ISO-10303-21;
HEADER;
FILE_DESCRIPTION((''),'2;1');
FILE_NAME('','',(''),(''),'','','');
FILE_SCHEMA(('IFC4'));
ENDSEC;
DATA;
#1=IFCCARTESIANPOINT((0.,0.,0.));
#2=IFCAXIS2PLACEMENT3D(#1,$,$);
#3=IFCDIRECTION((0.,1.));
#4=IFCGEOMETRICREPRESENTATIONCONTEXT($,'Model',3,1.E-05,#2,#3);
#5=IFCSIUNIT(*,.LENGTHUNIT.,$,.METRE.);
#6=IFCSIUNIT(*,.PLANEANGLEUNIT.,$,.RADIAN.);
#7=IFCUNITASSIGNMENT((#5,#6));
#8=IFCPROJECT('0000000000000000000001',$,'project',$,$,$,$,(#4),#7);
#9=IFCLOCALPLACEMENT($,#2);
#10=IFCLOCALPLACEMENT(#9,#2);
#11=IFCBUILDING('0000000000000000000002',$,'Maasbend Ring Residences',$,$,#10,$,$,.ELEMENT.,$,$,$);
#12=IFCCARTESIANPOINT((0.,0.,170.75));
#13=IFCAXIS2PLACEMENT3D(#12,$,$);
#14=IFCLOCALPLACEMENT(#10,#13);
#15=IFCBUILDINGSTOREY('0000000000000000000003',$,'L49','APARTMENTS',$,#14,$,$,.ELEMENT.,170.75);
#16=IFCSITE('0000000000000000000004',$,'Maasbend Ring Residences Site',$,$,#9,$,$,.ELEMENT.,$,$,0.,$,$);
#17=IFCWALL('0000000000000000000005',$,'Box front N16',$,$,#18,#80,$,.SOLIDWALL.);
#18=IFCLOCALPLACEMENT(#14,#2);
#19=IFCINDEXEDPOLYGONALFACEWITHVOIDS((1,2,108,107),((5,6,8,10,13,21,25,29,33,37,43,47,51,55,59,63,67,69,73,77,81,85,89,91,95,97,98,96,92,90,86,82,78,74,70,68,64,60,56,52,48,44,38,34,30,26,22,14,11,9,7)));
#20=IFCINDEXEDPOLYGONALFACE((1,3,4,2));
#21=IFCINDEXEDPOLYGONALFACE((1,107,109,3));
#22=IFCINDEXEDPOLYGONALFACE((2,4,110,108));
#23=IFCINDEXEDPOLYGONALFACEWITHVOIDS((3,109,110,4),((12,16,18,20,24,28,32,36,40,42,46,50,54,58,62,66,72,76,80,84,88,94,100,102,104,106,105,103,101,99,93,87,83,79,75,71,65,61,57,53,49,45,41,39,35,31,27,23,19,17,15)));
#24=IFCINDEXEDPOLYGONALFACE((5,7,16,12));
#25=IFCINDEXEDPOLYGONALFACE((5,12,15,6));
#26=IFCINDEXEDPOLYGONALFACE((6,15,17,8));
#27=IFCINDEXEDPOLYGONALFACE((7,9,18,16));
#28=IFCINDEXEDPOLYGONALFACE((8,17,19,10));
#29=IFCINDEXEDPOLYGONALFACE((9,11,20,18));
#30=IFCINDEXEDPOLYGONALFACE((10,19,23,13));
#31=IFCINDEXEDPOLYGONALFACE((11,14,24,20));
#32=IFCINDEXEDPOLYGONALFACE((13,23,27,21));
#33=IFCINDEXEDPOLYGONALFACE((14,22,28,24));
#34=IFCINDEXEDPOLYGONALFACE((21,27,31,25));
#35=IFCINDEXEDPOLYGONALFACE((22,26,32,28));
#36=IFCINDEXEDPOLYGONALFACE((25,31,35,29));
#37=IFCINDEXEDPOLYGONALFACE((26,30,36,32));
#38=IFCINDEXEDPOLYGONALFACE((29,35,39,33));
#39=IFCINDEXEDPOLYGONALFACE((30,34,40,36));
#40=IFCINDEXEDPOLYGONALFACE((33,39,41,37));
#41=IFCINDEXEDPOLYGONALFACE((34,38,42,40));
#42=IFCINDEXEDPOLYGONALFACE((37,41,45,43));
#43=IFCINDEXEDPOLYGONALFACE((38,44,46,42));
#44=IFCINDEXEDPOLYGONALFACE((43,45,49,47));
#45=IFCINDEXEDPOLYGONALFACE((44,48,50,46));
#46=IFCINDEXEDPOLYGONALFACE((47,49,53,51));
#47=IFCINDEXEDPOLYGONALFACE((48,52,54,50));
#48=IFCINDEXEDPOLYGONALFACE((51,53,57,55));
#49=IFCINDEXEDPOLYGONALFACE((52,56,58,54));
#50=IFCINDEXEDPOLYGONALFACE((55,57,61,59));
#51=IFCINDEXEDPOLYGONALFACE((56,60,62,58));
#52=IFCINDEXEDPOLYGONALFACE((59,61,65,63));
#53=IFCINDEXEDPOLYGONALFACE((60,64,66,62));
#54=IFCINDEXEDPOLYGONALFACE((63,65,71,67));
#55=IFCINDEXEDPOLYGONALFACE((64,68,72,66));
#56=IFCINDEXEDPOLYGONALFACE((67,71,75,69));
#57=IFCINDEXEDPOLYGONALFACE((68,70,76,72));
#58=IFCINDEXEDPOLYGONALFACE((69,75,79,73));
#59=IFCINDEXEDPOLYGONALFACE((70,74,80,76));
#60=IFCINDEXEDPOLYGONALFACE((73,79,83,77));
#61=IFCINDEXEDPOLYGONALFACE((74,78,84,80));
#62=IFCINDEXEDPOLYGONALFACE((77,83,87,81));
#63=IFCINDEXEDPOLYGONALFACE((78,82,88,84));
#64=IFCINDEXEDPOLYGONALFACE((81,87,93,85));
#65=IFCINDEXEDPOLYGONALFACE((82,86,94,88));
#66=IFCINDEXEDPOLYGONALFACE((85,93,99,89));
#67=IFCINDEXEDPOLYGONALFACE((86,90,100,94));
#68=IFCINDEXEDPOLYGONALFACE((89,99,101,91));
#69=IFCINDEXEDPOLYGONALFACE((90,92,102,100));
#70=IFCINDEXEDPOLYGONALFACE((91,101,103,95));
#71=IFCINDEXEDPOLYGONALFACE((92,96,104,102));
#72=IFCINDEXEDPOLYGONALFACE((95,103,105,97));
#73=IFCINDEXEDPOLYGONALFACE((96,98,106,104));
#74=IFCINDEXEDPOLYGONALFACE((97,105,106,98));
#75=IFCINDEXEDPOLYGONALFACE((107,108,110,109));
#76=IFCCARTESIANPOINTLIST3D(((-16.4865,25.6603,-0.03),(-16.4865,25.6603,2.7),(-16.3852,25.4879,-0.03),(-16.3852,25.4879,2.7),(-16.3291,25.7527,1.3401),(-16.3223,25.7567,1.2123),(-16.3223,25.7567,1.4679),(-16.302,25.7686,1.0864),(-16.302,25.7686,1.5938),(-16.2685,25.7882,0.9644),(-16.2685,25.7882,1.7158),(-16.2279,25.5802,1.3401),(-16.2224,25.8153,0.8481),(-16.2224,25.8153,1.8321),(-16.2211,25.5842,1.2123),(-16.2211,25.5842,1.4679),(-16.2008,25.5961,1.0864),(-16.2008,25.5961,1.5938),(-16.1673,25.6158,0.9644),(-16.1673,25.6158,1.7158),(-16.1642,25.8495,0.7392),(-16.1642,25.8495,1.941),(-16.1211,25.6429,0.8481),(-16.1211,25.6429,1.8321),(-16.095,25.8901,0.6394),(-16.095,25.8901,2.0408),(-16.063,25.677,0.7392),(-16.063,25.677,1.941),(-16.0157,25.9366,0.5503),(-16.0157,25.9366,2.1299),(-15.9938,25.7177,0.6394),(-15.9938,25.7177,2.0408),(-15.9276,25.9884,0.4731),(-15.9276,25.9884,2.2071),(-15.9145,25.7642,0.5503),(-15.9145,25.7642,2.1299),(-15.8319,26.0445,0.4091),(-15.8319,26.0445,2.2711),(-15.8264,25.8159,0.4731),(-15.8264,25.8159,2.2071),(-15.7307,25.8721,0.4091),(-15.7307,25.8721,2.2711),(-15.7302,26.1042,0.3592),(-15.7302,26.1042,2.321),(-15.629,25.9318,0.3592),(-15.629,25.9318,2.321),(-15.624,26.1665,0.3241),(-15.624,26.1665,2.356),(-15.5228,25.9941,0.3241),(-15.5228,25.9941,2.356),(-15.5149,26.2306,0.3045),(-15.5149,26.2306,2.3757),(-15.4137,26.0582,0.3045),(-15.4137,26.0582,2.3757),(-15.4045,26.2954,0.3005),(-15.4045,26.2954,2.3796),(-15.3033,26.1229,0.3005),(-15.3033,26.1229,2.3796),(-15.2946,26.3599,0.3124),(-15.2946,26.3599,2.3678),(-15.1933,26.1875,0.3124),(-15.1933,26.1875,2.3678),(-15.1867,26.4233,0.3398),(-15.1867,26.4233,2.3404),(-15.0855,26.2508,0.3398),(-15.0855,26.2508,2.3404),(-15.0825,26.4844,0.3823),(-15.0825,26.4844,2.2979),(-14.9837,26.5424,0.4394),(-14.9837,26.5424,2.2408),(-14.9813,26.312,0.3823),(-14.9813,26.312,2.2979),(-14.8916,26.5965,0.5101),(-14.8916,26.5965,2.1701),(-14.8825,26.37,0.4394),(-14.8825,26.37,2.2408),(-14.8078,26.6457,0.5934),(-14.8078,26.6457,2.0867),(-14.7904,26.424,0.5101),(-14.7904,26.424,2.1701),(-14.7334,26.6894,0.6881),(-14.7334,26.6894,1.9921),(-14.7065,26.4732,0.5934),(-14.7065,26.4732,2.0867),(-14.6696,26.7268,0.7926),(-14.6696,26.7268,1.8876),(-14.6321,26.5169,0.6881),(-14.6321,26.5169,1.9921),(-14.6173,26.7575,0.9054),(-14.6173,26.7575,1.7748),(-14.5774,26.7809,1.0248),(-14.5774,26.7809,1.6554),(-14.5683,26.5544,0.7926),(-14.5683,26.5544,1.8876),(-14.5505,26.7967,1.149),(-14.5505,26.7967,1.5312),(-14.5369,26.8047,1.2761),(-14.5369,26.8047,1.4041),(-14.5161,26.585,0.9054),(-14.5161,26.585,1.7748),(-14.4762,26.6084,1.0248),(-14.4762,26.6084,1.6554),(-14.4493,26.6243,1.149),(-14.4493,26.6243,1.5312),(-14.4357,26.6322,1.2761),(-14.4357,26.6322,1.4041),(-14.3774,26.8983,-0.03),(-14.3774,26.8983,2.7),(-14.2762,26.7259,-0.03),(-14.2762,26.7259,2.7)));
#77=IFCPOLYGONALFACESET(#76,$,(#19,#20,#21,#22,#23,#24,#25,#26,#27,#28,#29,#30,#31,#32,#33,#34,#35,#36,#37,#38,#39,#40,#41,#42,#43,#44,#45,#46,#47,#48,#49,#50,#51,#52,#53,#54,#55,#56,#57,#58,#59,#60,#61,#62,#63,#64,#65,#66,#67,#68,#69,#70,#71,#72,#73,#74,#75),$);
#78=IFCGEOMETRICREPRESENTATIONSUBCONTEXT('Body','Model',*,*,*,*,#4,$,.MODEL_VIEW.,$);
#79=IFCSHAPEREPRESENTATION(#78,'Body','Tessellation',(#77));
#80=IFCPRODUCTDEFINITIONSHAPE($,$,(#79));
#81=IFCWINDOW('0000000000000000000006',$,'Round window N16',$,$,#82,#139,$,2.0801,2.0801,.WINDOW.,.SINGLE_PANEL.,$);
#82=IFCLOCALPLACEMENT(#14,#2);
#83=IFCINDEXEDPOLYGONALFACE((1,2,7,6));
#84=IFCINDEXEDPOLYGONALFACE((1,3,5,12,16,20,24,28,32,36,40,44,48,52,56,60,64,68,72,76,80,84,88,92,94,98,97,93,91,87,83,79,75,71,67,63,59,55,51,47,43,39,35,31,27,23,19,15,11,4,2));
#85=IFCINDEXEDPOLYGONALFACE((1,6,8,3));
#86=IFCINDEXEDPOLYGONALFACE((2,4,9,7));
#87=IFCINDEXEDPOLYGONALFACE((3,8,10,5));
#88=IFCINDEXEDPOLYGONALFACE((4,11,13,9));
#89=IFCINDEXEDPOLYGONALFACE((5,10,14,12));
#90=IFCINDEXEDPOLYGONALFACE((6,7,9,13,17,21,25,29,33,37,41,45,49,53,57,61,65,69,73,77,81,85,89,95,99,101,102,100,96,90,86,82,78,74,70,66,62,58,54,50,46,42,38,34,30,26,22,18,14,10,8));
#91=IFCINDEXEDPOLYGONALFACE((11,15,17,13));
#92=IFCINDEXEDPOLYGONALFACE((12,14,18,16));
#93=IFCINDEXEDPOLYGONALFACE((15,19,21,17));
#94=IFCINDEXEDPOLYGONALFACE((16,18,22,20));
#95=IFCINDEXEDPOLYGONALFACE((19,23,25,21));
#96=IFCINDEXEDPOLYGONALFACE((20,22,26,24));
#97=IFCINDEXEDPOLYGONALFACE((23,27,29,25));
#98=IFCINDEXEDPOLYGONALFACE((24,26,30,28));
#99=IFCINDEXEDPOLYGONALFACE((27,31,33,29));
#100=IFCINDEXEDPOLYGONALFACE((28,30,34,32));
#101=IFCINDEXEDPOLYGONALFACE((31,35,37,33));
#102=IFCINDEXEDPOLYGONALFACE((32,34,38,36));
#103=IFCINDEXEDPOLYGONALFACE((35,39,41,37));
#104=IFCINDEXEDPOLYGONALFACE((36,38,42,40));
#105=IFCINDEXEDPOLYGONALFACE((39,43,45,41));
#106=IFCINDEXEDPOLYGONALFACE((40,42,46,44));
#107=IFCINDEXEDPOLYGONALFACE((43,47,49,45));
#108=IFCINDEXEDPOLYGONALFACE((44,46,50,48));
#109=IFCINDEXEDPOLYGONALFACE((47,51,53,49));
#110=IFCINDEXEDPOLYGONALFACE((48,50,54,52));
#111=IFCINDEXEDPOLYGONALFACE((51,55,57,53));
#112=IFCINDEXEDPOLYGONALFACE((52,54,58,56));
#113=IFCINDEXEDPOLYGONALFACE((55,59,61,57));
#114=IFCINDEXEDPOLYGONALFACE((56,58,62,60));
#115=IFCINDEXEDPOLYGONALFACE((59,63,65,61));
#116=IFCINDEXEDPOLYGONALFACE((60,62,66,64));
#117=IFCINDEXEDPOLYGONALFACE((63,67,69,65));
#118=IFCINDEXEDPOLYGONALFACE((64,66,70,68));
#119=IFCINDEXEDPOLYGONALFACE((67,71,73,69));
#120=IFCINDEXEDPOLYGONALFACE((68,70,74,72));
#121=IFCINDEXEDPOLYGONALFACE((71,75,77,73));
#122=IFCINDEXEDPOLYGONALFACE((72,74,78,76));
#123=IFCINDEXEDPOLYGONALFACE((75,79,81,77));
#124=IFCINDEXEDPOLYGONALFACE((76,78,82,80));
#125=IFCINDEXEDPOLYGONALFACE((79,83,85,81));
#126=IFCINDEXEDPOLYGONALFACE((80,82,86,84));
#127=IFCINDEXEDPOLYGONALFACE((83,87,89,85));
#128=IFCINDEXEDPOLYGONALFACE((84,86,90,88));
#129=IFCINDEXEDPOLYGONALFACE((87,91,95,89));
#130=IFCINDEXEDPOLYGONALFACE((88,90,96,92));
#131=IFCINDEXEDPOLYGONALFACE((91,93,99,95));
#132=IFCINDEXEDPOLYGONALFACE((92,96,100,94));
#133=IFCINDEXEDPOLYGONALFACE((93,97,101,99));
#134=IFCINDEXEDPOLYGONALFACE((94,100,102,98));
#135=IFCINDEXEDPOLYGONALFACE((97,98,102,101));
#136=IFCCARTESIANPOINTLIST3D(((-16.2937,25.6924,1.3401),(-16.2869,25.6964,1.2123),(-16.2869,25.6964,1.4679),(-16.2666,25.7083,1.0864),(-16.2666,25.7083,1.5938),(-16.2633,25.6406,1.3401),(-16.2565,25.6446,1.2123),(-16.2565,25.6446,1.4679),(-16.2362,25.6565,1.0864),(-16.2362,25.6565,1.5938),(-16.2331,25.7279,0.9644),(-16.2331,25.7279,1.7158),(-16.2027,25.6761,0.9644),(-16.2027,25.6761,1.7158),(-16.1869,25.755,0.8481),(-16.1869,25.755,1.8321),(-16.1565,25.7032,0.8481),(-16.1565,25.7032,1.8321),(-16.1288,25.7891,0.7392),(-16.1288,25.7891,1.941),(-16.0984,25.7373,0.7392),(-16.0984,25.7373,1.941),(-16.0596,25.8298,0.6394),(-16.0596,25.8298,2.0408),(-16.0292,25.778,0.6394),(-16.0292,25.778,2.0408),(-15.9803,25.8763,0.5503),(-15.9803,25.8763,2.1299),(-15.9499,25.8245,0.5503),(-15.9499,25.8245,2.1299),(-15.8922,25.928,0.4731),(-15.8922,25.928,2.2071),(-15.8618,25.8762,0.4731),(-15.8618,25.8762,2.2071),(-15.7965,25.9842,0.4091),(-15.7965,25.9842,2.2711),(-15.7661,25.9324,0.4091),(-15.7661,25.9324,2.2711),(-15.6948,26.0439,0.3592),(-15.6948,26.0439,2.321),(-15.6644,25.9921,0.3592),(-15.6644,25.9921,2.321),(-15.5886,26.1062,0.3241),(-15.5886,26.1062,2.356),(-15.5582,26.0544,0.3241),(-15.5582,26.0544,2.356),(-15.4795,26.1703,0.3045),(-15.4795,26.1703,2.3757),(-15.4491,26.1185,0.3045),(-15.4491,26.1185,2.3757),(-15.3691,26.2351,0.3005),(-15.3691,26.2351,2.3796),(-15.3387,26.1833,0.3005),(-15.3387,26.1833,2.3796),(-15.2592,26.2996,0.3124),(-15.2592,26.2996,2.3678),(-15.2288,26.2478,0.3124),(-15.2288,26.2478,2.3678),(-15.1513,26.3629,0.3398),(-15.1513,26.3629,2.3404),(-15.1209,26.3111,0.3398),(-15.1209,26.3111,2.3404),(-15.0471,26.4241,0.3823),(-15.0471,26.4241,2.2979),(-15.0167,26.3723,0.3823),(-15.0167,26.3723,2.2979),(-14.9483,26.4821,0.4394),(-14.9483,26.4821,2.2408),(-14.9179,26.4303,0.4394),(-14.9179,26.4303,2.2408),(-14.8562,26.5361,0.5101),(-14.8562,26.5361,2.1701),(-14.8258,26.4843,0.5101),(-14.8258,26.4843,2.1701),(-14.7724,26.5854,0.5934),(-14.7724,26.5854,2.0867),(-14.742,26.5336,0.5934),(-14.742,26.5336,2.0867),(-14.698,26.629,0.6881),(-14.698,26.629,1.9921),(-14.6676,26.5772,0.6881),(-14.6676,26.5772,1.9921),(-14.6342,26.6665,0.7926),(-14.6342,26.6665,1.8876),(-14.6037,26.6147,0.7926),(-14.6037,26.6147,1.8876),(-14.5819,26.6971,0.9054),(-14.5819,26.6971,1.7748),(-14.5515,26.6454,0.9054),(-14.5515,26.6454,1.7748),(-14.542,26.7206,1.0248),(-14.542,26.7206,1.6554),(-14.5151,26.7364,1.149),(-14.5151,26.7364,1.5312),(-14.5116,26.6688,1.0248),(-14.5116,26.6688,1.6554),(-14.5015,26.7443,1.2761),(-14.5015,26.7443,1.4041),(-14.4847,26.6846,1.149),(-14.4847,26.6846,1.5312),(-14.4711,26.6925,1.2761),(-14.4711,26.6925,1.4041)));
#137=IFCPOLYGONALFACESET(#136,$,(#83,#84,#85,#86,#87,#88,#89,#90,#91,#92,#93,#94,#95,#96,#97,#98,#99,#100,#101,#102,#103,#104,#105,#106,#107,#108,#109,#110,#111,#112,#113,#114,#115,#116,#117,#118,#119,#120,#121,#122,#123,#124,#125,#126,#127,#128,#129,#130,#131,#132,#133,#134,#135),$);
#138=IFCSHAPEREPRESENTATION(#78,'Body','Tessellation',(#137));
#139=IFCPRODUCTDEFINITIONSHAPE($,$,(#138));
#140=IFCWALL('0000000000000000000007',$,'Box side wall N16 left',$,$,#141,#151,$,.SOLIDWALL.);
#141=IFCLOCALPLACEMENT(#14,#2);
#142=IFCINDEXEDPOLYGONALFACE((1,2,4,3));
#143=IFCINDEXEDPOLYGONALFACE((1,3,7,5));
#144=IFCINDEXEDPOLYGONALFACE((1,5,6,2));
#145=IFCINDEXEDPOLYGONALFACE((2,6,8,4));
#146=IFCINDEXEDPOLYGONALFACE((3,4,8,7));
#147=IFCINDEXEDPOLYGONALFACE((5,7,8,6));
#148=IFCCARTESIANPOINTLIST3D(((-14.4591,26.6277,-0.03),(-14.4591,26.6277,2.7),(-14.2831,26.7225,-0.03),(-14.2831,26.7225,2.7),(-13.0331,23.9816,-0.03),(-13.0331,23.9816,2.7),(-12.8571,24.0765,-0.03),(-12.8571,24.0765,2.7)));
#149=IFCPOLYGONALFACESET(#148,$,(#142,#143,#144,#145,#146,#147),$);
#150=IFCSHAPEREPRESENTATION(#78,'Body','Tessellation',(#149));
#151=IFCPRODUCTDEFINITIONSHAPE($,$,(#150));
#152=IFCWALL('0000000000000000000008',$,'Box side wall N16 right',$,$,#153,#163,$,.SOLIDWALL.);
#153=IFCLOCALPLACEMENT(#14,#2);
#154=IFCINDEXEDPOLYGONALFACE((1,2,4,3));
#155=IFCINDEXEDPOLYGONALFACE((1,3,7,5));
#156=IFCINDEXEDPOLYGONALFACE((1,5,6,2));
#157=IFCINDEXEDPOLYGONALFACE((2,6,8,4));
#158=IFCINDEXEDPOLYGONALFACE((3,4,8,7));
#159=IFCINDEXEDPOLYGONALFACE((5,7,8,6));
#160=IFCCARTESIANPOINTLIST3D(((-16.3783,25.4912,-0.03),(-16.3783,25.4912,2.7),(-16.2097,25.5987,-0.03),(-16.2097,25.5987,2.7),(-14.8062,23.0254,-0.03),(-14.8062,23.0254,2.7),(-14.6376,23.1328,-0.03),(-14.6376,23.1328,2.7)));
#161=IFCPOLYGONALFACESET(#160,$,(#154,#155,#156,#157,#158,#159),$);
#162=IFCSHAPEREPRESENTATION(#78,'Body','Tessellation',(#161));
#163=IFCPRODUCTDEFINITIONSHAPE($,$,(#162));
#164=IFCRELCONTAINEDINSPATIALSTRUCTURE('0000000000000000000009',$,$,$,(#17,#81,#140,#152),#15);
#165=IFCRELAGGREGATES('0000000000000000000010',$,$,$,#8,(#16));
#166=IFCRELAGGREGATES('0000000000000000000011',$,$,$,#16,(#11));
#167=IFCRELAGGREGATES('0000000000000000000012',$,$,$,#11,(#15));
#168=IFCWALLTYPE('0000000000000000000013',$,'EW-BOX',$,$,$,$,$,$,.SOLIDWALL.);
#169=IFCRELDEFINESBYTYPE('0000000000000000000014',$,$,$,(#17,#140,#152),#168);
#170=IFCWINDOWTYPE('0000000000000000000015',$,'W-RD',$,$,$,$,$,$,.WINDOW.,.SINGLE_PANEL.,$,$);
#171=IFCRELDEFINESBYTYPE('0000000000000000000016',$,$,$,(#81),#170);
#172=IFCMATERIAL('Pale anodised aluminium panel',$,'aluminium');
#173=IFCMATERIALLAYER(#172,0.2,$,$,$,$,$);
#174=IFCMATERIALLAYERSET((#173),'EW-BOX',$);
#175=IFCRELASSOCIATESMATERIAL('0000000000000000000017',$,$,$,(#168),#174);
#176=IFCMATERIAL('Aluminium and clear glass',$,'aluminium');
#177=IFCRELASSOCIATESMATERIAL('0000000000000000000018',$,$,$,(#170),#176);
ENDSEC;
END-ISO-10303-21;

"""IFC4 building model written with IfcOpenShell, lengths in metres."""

from ifc_helpers import new_model, si_unit, direction, frame, frame_2d, origin, place, context, subcontext, project, spatial, rectangle, circle, extrude, material, layer, layer_set, type_object, element, fill, save


model = new_model("IFC4")

# Units and contexts
model_context = context("Model", 3, precision=1e-05, world=origin(), true_north=direction((0.0, 1.0)))
body_context = subcontext(model_context, "Body", "Model", "MODEL_VIEW")
ifc_project = project(units=[si_unit("LENGTHUNIT", "METRE"), si_unit("PLANEANGLEUNIT", "RADIAN")], contexts=[model_context])

# Site, building, storey
site_placement = place(None, origin())
site = spatial("IfcSite", under=ifc_project, at=site_placement, Name="Maasbend Ring Residences Site", CompositionType="ELEMENT", RefElevation=0.0)
building_placement = place(site_placement, origin())
building = spatial("IfcBuilding", under=site, at=building_placement, Name="Maasbend Ring Residences", CompositionType="ELEMENT")
storey_placement = place(building_placement, frame((0.0, 0.0, 170.75)))
storey = spatial("IfcBuildingStorey", under=building, at=storey_placement, Name="L49", Description="APARTMENTS", CompositionType="ELEMENT", Elevation=170.75)

# Wall, opening, window
ifc_material_1 = material(Name="Pale anodised aluminium panel", Category="aluminium")
ifc_layer_1 = layer(ifc_material_1, 0.2)
ifc_layer_set_1 = layer_set([ifc_layer_1], Name="EW-BOX")
wall_type_1 = type_object("IfcWallType", Name="EW-BOX", PredefinedType="SOLIDWALL", material=ifc_layer_set_1)
wall_1_placement = place(storey_placement, frame((-14.3269, 26.812, -0.03), z_axis=(0.0, 0.0, 1.0), x_axis=(-0.862403, -0.506222, 0.0)))
wall_1 = element("IfcWall", 1, at=wall_1_placement, inside=storey, type_object=wall_type_1, Name="Box front N16", PredefinedType="SOLIDWALL", context=body_context, shape_type="SweptSolid", body=[
    extrude(rectangle(XDim=2.4456, YDim=0.2, at=frame_2d((1.2227, 0.0))), origin(), (0.0, 0.0, 1.0), 2.73),
])
opening_1_placement = place(wall_1_placement, frame((0.1829, 0.0, 0.3301)))
opening_1 = element("IfcOpeningElement", 2, at=opening_1_placement, cuts=wall_1, PredefinedType="OPENING", context=body_context, shape_type="SweptSolid", body=[
    extrude(circle(Radius=1.04, at=frame_2d((1.04, 1.04))), frame((0.0, 0.1099, 0.0), z_axis=(0.0, -1.0, 0.0), x_axis=(1.0, 0.0, 0.0)), (0.0, 0.0, 1.0), 0.22),
])
ifc_material_2 = material(Name="Aluminium and clear glass", Category="aluminium")
window_type_1 = type_object("IfcWindowType", Name="W-RD", PartitioningType="SINGLE_PANEL", PredefinedType="WINDOW", material=ifc_material_2)
window_1_placement = place(opening_1_placement, origin())
window_1 = element("IfcWindow", 3, at=window_1_placement, inside=storey, type_object=window_type_1, Name="Round window N16", OverallHeight=2.0801, OverallWidth=2.0801, PartitioningType="SINGLE_PANEL", PredefinedType="WINDOW", context=body_context, shape_type="SweptSolid", body=[
    extrude(circle(Radius=1.04, at=frame_2d((1.04, 1.04))), frame((0.0, 0.03, 0.0), z_axis=(0.0, -1.0, 0.0), x_axis=(1.0, 0.0, 0.0)), (0.0, 0.0, 1.0), 0.0601),
])
fill(opening_1, window_1)

# Walls
wall_2_placement = place(storey_placement, frame((-12.9451, 24.0291, -0.03), z_axis=(0.0, 0.0, 1.0), x_axis=(-0.474424, 0.880296, 0.0)))
element("IfcWall", 4, at=wall_2_placement, inside=storey, type_object=wall_type_1, Name="Box side wall N16 left", PredefinedType="SOLIDWALL", context=body_context, shape_type="SweptSolid", body=[
    extrude(rectangle(XDim=3.0059, YDim=0.2, at=frame_2d((1.5029, 0.0))), origin(), (0.0, 0.0, 1.0), 2.73),
])
wall_3_placement = place(storey_placement, frame((-14.7219, 23.0791, -0.03), z_axis=(0.0, 0.0, 1.0), x_axis=(-0.537572, 0.843218, 0.0)))
element("IfcWall", 5, at=wall_3_placement, inside=storey, type_object=wall_type_1, Name="Box side wall N16 right", PredefinedType="SOLIDWALL", context=body_context, shape_type="SweptSolid", body=[
    extrude(rectangle(XDim=2.9243, YDim=0.2, at=frame_2d((1.4622, 0.0))), origin(), (0.0, 0.0, 1.0), 2.73),
])

save(model, "model.ifc")
